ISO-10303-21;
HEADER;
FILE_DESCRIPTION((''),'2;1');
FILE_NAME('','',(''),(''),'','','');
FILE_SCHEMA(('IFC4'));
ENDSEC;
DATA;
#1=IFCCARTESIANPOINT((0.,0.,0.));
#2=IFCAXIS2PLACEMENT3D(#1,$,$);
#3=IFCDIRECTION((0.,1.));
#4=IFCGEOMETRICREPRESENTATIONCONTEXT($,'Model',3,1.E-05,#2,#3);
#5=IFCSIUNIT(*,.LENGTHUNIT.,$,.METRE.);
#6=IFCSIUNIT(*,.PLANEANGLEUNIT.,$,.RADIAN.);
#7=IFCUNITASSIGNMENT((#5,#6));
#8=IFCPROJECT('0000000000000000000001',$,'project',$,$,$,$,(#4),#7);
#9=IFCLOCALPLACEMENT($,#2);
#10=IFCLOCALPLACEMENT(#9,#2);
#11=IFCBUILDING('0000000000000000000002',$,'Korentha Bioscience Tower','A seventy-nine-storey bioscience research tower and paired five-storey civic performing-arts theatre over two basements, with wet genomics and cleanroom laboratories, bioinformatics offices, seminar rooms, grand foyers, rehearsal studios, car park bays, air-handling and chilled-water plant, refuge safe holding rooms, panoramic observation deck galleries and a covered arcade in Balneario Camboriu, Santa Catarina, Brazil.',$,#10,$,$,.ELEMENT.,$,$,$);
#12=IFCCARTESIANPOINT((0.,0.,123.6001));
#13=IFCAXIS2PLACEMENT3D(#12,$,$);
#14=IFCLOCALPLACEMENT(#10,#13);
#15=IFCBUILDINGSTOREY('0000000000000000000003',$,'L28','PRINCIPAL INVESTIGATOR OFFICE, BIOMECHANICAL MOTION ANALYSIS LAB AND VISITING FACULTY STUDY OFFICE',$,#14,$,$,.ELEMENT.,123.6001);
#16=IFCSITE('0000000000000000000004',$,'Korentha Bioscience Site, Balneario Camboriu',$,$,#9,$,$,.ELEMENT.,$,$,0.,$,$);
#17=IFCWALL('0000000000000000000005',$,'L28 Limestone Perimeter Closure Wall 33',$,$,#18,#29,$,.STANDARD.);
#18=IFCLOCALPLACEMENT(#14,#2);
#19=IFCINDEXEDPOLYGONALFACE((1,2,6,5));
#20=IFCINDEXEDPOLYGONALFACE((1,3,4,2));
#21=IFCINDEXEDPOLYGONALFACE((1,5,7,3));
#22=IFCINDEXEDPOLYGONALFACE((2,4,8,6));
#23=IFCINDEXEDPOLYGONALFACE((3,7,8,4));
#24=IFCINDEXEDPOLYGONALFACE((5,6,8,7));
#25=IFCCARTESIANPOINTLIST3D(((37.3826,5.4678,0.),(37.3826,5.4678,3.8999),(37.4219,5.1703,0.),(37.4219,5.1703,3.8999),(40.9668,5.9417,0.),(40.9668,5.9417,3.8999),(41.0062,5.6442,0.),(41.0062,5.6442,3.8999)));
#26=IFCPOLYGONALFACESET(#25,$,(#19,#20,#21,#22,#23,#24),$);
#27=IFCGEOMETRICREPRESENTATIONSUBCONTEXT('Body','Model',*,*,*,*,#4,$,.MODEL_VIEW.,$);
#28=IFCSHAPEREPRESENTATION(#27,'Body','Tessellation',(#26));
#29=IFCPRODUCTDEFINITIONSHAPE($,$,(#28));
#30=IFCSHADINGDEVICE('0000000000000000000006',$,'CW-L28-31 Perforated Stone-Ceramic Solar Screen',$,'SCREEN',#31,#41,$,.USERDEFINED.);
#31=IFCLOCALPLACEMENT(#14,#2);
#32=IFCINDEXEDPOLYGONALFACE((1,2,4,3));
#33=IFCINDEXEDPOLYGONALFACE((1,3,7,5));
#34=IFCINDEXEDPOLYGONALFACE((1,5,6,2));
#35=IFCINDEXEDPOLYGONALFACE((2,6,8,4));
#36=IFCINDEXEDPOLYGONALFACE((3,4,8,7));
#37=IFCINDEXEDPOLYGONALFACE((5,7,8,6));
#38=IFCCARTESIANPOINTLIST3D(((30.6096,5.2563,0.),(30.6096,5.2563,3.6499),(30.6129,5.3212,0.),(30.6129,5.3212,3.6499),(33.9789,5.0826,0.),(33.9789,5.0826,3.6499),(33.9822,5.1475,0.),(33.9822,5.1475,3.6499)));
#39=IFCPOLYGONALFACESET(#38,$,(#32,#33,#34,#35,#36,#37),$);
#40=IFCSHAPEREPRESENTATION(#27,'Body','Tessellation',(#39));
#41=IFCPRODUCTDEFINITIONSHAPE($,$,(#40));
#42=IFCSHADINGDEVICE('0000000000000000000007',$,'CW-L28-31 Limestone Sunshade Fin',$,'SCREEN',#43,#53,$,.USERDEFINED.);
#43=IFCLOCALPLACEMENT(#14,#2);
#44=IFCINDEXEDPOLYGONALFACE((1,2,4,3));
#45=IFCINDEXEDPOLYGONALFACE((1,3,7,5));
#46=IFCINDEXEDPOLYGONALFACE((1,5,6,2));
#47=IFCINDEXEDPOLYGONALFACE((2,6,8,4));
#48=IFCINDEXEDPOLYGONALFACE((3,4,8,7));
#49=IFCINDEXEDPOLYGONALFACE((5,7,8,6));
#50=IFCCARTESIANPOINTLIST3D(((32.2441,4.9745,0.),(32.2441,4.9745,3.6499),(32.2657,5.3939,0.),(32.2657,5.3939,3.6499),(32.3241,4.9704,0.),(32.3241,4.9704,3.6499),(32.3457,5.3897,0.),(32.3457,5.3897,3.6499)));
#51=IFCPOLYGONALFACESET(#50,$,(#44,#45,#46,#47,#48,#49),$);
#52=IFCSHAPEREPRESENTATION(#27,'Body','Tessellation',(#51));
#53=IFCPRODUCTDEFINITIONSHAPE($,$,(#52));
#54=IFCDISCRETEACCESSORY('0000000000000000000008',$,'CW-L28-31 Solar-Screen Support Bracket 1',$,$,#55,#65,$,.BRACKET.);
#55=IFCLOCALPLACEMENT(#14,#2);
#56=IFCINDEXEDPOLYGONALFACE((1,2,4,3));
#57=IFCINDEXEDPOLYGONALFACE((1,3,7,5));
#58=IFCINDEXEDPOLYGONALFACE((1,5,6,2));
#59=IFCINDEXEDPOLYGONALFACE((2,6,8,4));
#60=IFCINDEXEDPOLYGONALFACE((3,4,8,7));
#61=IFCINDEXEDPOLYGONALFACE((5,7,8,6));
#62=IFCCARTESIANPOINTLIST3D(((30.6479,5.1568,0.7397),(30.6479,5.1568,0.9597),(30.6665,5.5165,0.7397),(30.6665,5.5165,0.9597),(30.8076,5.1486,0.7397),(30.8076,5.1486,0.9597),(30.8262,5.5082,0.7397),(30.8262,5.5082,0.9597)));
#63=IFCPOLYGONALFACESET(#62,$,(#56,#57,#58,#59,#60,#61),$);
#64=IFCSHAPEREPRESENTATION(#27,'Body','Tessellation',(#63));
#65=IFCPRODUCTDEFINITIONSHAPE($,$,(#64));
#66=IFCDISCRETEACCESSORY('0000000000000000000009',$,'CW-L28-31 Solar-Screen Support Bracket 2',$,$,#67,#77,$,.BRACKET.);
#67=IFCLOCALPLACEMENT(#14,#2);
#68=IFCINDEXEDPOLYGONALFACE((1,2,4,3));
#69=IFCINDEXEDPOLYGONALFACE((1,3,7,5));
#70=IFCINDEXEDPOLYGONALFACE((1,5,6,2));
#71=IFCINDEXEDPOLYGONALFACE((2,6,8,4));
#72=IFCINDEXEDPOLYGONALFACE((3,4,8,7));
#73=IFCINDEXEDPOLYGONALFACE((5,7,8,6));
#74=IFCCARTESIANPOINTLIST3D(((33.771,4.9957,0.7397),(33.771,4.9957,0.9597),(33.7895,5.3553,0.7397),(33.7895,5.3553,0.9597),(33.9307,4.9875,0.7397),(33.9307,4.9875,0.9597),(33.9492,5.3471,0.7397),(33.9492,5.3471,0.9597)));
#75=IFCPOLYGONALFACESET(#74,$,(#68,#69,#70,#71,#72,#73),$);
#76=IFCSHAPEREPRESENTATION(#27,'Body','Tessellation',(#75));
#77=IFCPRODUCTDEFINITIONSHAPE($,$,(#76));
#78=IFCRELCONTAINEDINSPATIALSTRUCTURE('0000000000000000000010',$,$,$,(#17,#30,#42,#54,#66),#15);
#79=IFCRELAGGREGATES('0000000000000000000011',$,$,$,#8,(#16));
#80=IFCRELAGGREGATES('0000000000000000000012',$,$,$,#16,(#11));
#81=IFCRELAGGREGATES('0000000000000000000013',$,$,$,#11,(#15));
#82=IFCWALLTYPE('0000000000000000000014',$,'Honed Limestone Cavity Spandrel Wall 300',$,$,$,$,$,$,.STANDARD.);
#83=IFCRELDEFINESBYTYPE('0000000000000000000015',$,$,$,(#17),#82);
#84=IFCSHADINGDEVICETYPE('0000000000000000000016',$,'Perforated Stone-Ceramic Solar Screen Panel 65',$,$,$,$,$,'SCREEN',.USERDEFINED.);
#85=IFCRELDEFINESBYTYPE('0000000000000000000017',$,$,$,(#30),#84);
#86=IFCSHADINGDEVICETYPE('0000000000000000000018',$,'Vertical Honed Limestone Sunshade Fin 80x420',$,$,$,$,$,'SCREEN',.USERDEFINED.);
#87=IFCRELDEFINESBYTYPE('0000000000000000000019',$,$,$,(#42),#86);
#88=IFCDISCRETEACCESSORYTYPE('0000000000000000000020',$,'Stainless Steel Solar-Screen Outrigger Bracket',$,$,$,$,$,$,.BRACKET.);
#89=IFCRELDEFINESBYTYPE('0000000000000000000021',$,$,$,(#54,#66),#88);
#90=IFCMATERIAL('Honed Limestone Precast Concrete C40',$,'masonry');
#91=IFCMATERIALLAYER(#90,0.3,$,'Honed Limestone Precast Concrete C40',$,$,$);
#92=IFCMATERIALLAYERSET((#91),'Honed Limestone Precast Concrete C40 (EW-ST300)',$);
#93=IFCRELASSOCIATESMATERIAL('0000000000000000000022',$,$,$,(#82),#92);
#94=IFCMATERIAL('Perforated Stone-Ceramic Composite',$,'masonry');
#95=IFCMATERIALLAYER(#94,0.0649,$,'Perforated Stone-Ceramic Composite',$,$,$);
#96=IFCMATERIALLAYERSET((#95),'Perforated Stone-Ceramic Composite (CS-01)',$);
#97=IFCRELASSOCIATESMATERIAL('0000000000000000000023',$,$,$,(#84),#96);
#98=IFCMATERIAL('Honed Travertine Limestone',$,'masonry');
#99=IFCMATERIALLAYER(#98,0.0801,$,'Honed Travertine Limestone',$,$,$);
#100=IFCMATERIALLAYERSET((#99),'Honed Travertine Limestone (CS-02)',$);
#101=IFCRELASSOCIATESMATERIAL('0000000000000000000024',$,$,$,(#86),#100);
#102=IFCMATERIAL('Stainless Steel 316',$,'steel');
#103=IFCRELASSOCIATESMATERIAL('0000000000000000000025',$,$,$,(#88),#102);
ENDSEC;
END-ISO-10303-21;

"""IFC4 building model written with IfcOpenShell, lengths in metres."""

from ifc_helpers import new_model, si_unit, direction, frame, frame_2d, origin, origin_2d, place, context, subcontext, project, spatial, rectangle, extrude, material, layer, layer_set, type_object, element, save


model = new_model("IFC4")

# Units and contexts
model_context = context("Model", 3, precision=1e-05, world=origin(), true_north=direction((0.0, 1.0)))
body_context = subcontext(model_context, "Body", "Model", "MODEL_VIEW")
ifc_project = project(units=[si_unit("LENGTHUNIT", "METRE"), si_unit("PLANEANGLEUNIT", "RADIAN")], contexts=[model_context])

# Site, building, storey
site_placement = place(None, origin())
site = spatial("IfcSite", under=ifc_project, at=site_placement, Name="Korentha Bioscience Site, Balneario Camboriu", CompositionType="ELEMENT", RefElevation=0.0)
building_placement = place(site_placement, origin())
building = spatial("IfcBuilding", under=site, at=building_placement, Name="Korentha Bioscience Tower", Description="A seventy-nine-storey bioscience research tower and paired five-storey civic performing-arts theatre over two basements, with wet genomics and cleanroom laboratories, bioinformatics offices, seminar rooms, grand foyers, rehearsal studios, car park bays, air-handling and chilled-water plant, refuge safe holding rooms, panoramic observation deck galleries and a covered arcade in Balneario Camboriu, Santa Catarina, Brazil.", CompositionType="ELEMENT")
storey_placement = place(building_placement, frame((0.0, 0.0, 123.6001)))
storey = spatial("IfcBuildingStorey", under=building, at=storey_placement, Name="L28", Description="PRINCIPAL INVESTIGATOR OFFICE, BIOMECHANICAL MOTION ANALYSIS LAB AND VISITING FACULTY STUDY OFFICE", CompositionType="ELEMENT", Elevation=123.6001)

# Shared definitions
ifc_material_1 = material(Name="Honed Limestone Precast Concrete C40", Category="masonry")
ifc_layer_1 = layer(ifc_material_1, 0.3, Name="Honed Limestone Precast Concrete C40")
ifc_layer_set_1 = layer_set([ifc_layer_1], Name="Honed Limestone Precast Concrete C40 (EW-ST300)")
wall_type_1 = type_object("IfcWallType", Name="Honed Limestone Cavity Spandrel Wall 300", PredefinedType="STANDARD", material=ifc_layer_set_1)

# Wall
wall_1_placement = place(storey_placement, frame((37.4023, 5.3191, 0.0), z_axis=(0.0, 0.0, 1.0), x_axis=(0.991373, 0.131071, 0.0)))
element("IfcWall", 1, at=wall_1_placement, inside=storey, type_object=wall_type_1, Name="L28 Limestone Perimeter Closure Wall 33", PredefinedType="STANDARD", context=body_context, shape_type="SweptSolid", body=[
    extrude(rectangle(XDim=3.6155, YDim=0.3, at=frame_2d((1.8076, 0.0))), origin(), (0.0, 0.0, 1.0), 3.8999),
])

# Shading devices
ifc_material_2 = material(Name="Perforated Stone-Ceramic Composite", Category="masonry")
ifc_layer_2 = layer(ifc_material_2, 0.0649, Name="Perforated Stone-Ceramic Composite")
ifc_layer_set_2 = layer_set([ifc_layer_2], Name="Perforated Stone-Ceramic Composite (CS-01)")
shading_device_type_1 = type_object("IfcShadingDeviceType", Name="Perforated Stone-Ceramic Solar Screen Panel 65", ElementType="SCREEN", PredefinedType="USERDEFINED", material=ifc_layer_set_2)
shading_device_1_placement = place(storey_placement, frame((32.2959, 5.2019, 0.0), z_axis=(0.0, 0.0, 1.0), x_axis=(0.998673, -0.051495, 0.0)))
element("IfcShadingDevice", 2, at=shading_device_1_placement, inside=storey, type_object=shading_device_type_1, Name="CW-L28-31 Perforated Stone-Ceramic Solar Screen", ObjectType="SCREEN", PredefinedType="USERDEFINED", context=body_context, shape_type="SweptSolid", body=[
    extrude(rectangle(XDim=3.3738, YDim=0.0649, at=origin_2d()), origin(), (0.0, 0.0, 1.0), 3.6499),
])
ifc_material_3 = material(Name="Honed Travertine Limestone", Category="masonry")
ifc_layer_3 = layer(ifc_material_3, 0.0801, Name="Honed Travertine Limestone")
ifc_layer_set_3 = layer_set([ifc_layer_3], Name="Honed Travertine Limestone (CS-02)")
shading_device_type_2 = type_object("IfcShadingDeviceType", Name="Vertical Honed Limestone Sunshade Fin 80x420", ElementType="SCREEN", PredefinedType="USERDEFINED", material=ifc_layer_set_3)
shading_device_2_placement = place(storey_placement, frame((32.2949, 5.1821, 0.0), z_axis=(0.0, 0.0, 1.0), x_axis=(0.998673, -0.051495, 0.0)))
element("IfcShadingDevice", 3, at=shading_device_2_placement, inside=storey, type_object=shading_device_type_2, Name="CW-L28-31 Limestone Sunshade Fin", ObjectType="SCREEN", PredefinedType="USERDEFINED", context=body_context, shape_type="SweptSolid", body=[
    extrude(rectangle(XDim=0.0801, YDim=0.4199, at=origin_2d()), origin(), (0.0, 0.0, 1.0), 3.6499),
])

# Discrete accessories
ifc_material_4 = material(Name="Stainless Steel 316", Category="steel")
discrete_accessory_type = type_object("IfcDiscreteAccessoryType", Name="Stainless Steel Solar-Screen Outrigger Bracket", PredefinedType="BRACKET", material=ifc_material_4)
for number, where, z_axis, x_axis, name in (
    (4, (30.7371, 5.3325, 0.7397), (0.0, 0.0, 1.0), (0.998673, -0.051495, 0.0), "CW-L28-31 Solar-Screen Support Bracket 1"),
    (5, (33.8601, 5.1714, 0.7397), (0.0, 0.0, 1.0), (0.998673, -0.051495, 0.0), "CW-L28-31 Solar-Screen Support Bracket 2"),
):
    element("IfcDiscreteAccessory", number, at=place(storey_placement, frame(where, z_axis=z_axis, x_axis=x_axis)), inside=storey, type_object=discrete_accessory_type, Name=name, PredefinedType="BRACKET", context=body_context, shape_type="SweptSolid", body=[
        extrude(rectangle(XDim=0.1599, YDim=0.3601, at=origin_2d()), origin(), (0.0, 0.0, 1.0), 0.22),
    ])

save(model, "model.ifc")
